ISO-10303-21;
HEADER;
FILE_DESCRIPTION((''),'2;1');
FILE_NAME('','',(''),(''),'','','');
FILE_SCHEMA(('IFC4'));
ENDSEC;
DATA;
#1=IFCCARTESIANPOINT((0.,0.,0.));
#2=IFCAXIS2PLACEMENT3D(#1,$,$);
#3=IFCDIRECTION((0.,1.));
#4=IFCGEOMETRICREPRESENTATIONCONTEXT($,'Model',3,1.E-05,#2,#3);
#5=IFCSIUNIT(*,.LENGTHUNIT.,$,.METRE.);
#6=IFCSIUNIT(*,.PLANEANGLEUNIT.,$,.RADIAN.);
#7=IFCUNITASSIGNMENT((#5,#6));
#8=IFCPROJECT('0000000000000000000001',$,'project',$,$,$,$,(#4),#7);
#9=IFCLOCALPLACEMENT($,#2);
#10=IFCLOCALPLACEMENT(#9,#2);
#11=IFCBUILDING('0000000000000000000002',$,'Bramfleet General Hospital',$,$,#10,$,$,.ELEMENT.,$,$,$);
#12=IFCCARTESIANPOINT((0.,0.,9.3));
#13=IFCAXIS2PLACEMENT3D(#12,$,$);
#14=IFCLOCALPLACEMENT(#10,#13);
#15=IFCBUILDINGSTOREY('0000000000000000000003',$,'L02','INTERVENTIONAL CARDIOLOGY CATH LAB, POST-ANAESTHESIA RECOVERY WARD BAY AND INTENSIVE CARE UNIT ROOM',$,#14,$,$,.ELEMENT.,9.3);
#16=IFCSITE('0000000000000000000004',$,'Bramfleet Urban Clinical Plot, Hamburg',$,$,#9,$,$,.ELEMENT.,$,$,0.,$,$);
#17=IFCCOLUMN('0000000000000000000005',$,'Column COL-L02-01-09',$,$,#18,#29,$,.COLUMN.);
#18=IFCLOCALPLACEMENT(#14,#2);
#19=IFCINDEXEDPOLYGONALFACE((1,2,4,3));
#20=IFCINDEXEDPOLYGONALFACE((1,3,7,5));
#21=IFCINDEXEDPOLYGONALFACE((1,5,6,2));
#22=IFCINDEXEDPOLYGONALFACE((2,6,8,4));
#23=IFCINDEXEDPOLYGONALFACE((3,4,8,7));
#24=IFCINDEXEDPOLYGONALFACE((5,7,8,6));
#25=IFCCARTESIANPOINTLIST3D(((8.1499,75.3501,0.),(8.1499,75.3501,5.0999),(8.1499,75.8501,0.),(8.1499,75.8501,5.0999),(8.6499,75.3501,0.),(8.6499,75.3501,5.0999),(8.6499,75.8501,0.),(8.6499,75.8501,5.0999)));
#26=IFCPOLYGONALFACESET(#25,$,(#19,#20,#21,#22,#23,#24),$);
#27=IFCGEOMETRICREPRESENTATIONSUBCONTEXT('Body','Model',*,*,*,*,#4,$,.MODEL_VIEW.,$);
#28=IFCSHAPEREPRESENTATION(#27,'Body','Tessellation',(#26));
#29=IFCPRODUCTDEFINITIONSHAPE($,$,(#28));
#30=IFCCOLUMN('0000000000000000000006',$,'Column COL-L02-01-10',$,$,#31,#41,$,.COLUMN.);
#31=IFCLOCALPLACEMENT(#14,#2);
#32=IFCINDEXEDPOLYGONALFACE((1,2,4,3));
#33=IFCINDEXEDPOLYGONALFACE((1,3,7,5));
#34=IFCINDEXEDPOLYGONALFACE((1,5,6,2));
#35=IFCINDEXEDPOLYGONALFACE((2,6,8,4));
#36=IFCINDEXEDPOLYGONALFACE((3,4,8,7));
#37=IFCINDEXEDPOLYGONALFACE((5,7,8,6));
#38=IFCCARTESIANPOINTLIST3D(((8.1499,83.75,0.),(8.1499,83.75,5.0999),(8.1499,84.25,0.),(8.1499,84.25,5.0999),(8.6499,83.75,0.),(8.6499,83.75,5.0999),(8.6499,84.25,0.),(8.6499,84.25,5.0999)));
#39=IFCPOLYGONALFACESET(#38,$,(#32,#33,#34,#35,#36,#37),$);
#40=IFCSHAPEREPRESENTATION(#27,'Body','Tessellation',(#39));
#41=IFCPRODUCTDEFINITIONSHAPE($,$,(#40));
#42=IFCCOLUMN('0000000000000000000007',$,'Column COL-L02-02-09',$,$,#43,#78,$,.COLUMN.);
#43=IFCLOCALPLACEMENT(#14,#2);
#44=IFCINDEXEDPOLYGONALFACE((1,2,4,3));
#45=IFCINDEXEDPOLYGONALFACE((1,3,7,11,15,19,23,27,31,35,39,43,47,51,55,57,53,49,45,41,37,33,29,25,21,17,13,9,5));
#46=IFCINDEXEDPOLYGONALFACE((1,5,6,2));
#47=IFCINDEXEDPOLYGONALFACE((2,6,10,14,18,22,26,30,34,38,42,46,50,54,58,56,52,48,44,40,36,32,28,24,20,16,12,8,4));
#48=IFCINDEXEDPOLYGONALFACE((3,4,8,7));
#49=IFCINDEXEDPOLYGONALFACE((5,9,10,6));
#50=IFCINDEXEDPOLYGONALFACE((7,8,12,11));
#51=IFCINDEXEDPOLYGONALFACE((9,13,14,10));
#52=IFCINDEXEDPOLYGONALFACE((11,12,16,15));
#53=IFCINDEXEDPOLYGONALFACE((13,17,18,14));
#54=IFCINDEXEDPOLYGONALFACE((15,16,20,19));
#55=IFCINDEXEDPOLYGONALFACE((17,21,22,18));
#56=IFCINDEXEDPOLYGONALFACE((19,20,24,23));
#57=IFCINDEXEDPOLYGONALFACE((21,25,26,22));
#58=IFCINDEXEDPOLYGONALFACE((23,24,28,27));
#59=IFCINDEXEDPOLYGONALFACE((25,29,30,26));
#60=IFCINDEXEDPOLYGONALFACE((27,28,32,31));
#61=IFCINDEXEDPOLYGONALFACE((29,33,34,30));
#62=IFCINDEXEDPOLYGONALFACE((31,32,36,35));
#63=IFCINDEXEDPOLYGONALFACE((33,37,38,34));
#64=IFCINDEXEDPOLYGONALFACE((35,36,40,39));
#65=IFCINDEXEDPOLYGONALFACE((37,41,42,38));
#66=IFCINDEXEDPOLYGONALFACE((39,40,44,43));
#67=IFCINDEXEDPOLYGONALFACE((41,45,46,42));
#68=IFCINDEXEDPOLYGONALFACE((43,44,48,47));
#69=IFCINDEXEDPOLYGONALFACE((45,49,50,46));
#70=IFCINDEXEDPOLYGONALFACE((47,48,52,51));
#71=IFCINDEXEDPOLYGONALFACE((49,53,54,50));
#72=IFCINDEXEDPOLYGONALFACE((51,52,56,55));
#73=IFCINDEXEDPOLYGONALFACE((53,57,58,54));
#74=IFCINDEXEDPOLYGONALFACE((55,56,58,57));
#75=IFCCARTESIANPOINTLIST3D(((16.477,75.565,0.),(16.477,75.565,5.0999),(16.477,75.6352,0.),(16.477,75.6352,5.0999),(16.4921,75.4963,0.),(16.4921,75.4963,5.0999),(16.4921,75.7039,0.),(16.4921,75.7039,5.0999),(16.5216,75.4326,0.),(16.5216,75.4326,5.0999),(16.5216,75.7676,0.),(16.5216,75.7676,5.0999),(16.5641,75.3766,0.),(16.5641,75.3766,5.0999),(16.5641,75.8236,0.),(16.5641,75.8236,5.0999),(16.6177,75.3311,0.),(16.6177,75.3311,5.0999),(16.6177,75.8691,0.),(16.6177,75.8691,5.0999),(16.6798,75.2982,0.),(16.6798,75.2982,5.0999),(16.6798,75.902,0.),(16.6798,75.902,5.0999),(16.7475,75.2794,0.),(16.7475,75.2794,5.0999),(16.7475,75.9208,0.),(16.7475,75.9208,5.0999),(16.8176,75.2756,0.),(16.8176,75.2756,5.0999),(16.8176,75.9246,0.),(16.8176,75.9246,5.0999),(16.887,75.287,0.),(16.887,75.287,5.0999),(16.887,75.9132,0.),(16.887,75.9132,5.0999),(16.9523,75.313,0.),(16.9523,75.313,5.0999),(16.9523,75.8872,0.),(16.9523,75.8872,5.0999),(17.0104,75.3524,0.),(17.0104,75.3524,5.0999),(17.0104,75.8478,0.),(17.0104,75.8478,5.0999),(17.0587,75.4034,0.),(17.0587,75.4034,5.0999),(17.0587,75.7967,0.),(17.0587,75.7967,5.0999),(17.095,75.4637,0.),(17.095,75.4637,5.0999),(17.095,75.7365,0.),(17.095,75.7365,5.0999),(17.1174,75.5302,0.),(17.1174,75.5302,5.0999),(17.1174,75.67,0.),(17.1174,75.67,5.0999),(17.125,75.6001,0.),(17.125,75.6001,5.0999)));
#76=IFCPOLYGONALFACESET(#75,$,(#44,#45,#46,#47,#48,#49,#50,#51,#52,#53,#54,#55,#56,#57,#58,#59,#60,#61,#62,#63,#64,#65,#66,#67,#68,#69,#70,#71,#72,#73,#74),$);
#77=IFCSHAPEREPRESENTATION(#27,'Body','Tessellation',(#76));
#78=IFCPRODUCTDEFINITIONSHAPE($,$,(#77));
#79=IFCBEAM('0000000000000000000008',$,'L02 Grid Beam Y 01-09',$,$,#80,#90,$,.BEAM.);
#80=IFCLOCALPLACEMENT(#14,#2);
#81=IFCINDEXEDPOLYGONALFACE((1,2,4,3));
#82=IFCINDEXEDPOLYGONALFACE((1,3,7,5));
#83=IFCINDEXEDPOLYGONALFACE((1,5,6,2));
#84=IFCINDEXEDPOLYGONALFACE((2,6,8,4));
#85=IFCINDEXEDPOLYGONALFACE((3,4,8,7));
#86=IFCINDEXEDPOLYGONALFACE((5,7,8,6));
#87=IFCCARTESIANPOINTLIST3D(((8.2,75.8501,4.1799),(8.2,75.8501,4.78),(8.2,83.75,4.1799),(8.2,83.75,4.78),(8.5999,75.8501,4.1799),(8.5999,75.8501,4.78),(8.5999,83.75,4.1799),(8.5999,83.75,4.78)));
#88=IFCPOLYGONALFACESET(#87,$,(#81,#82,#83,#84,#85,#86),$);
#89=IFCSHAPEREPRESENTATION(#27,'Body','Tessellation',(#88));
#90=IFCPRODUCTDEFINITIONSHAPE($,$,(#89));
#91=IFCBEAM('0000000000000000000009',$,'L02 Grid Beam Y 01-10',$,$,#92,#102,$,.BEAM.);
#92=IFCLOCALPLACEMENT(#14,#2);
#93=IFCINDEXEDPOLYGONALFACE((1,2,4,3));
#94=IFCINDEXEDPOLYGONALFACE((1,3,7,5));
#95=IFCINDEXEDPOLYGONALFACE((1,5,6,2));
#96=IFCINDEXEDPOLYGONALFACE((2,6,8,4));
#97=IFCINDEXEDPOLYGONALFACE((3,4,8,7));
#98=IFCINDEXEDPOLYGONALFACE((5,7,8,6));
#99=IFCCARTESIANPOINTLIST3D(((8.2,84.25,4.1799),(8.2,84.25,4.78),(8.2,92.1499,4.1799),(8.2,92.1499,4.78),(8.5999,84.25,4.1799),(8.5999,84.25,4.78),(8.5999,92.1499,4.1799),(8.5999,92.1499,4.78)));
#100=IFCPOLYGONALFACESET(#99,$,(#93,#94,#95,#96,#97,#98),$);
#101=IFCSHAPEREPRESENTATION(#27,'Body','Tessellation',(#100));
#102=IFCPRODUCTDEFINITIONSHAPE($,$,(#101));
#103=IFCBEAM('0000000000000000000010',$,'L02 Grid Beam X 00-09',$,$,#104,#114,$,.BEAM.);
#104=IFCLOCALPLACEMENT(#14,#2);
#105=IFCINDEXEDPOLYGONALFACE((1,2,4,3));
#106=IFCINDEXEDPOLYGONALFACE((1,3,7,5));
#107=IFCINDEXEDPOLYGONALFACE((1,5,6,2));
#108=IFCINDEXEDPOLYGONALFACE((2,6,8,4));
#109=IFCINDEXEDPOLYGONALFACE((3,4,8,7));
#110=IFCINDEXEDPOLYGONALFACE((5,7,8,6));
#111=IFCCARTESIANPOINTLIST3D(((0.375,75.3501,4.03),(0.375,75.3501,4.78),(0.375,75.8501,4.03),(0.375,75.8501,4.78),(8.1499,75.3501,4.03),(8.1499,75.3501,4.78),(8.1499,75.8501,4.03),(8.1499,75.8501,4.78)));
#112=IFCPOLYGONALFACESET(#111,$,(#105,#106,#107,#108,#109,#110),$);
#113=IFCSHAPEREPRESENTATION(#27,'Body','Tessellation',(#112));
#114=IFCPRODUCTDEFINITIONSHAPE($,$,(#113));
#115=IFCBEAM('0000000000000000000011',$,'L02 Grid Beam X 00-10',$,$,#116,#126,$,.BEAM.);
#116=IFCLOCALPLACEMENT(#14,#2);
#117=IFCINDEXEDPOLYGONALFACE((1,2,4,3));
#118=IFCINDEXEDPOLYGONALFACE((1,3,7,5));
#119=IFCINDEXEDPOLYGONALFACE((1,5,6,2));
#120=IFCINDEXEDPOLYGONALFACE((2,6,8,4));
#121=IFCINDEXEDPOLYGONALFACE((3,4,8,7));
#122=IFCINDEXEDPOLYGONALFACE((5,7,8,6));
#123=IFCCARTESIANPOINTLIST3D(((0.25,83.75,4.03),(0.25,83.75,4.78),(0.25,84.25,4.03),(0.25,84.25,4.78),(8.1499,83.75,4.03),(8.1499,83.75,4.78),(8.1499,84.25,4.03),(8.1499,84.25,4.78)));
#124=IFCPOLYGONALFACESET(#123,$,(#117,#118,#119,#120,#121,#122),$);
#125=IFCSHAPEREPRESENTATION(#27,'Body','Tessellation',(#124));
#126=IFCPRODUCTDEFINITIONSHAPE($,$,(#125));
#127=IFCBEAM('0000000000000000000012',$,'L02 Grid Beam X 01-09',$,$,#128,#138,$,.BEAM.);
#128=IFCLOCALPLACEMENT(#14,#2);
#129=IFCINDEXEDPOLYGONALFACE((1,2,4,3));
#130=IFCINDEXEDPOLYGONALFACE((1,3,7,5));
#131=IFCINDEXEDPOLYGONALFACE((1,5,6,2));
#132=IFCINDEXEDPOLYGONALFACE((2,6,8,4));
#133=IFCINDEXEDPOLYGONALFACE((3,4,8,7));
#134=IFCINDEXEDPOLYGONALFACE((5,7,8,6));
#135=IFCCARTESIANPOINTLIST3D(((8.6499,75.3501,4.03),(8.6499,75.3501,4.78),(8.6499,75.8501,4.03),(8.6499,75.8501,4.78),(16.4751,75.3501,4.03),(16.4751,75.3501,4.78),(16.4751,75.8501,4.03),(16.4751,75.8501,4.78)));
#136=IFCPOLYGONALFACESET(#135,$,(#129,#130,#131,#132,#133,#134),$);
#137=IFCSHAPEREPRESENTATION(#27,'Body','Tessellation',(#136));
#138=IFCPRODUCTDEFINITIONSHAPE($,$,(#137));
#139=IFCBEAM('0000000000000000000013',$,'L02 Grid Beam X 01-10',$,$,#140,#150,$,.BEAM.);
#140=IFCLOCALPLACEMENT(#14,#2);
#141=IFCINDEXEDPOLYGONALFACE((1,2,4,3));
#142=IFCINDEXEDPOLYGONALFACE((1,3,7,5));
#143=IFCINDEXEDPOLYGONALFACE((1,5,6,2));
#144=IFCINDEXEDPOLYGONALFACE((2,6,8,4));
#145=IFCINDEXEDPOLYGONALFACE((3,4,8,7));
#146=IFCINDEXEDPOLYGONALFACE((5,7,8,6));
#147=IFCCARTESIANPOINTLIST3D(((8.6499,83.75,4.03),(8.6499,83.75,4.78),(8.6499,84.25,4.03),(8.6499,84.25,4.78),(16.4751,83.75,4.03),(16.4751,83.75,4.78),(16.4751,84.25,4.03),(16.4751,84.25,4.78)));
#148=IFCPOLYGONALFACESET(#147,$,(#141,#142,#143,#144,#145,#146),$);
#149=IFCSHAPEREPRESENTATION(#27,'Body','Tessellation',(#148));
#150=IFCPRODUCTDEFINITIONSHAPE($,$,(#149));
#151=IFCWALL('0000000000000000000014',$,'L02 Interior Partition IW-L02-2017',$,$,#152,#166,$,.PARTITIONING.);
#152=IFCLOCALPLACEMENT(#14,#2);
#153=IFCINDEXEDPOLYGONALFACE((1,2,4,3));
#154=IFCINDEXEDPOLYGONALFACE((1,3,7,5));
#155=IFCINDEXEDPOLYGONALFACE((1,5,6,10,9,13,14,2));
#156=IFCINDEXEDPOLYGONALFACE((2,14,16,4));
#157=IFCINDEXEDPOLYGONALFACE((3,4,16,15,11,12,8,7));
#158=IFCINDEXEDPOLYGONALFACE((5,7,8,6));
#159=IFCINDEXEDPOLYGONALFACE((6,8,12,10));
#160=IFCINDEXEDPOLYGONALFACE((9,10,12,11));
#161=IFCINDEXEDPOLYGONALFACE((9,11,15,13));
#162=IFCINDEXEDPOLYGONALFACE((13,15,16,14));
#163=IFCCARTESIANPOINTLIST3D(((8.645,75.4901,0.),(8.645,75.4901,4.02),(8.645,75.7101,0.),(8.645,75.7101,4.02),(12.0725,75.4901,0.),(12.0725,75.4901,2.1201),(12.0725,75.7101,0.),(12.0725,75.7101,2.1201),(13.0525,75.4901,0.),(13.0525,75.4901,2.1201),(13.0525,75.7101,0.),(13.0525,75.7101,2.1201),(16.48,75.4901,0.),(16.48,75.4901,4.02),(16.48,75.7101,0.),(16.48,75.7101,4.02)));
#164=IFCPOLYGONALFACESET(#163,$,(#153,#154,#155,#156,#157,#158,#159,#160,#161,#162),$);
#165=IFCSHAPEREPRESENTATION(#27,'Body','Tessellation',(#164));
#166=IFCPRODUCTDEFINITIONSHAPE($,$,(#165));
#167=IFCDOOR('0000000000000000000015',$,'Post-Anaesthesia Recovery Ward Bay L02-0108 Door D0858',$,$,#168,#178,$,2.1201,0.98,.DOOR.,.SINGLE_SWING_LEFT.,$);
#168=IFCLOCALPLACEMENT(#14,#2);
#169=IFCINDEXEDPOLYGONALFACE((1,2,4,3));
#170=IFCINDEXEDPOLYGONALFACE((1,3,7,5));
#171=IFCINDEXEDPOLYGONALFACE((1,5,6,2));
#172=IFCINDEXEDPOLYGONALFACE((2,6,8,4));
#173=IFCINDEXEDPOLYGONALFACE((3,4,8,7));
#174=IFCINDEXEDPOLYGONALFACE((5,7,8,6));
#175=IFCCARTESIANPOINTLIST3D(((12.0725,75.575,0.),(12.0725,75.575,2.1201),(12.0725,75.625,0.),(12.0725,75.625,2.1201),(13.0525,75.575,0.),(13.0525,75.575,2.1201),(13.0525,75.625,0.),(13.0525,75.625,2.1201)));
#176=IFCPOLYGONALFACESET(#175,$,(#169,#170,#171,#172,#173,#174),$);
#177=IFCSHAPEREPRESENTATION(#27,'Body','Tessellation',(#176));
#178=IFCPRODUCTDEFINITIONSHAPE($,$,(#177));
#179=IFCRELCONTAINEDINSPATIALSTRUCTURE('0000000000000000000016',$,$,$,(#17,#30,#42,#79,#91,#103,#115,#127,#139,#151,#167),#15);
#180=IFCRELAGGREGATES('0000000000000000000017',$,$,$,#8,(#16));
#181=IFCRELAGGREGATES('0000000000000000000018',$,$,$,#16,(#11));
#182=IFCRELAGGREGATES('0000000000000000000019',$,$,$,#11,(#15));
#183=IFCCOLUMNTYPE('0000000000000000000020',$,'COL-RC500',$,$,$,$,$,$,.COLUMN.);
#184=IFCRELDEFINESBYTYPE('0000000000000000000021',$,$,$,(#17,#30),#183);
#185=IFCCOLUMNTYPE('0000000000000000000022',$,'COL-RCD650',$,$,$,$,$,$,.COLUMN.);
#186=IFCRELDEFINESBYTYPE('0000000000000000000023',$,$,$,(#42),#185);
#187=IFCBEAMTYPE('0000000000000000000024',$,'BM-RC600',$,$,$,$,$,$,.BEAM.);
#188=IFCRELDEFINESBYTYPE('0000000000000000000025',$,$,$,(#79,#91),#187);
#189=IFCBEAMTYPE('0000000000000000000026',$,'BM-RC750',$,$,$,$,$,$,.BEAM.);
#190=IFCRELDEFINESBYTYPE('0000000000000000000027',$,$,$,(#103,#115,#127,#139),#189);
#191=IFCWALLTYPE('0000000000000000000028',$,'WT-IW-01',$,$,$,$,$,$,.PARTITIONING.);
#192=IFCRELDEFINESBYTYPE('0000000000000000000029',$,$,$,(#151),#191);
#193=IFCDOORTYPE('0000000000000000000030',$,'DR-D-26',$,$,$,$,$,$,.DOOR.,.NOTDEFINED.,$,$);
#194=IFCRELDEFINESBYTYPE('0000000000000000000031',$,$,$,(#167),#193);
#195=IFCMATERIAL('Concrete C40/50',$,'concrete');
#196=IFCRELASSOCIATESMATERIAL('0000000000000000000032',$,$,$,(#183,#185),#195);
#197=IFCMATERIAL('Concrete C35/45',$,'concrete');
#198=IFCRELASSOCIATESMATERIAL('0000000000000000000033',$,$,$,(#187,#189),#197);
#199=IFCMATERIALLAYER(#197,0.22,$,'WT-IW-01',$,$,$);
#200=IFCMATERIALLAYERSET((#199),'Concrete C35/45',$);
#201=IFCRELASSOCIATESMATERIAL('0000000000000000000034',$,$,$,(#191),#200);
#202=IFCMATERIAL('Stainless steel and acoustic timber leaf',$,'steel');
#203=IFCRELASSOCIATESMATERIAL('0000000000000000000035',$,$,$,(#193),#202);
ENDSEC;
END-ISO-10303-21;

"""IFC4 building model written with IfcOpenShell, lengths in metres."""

from ifc_helpers import new_model, si_unit, direction, frame, frame_2d, origin, origin_2d, place, context, subcontext, project, spatial, rectangle, circle, extrude, material, layer, layer_set, material_profile, profile_set, type_object, element, fill, save


model = new_model("IFC4")

# Units and contexts
model_context = context("Model", 3, precision=1e-05, world=origin(), true_north=direction((0.0, 1.0)))
body_context = subcontext(model_context, "Body", "Model", "MODEL_VIEW")
ifc_project = project(units=[si_unit("LENGTHUNIT", "METRE"), si_unit("PLANEANGLEUNIT", "RADIAN")], contexts=[model_context])

# Site, building, storey
site_placement = place(None, origin())
site = spatial("IfcSite", under=ifc_project, at=site_placement, Name="Bramfleet Urban Clinical Plot, Hamburg", CompositionType="ELEMENT", RefElevation=0.0)
building_placement = place(site_placement, origin())
building = spatial("IfcBuilding", under=site, at=building_placement, Name="Bramfleet General Hospital", CompositionType="ELEMENT")
storey_placement = place(building_placement, frame((0.0, 0.0, 9.3)))
storey = spatial("IfcBuildingStorey", under=building, at=storey_placement, Name="L02", Description="INTERVENTIONAL CARDIOLOGY CATH LAB, POST-ANAESTHESIA RECOVERY WARD BAY AND INTENSIVE CARE UNIT ROOM", CompositionType="ELEMENT", Elevation=9.3)

# Columns
ifc_material_1 = material(Name="Concrete C40/50", Category="concrete")
ifc_material_profile_1 = material_profile(ifc_material_1, rectangle(XDim=0.5, YDim=0.5, at=origin_2d()), Name="RC COL 500x500")
ifc_profile_set_1 = profile_set([ifc_material_profile_1], Name="Concrete C40/50")
column_type_1 = type_object("IfcColumnType", Name="COL-RC500", PredefinedType="COLUMN", material=ifc_profile_set_1)
for number, where, z_axis, x_axis, name in (
    (1, (8.3999, 75.6001, 0.0), (0.0, 0.0, 1.0), (1.0, 0.0, 0.0), "Column COL-L02-01-09"),
    (2, (8.3999, 84.0, 0.0), (0.0, 0.0, 1.0), (1.0, 0.0, 0.0), "Column COL-L02-01-10"),
):
    element("IfcColumn", number, at=place(storey_placement, frame(where, z_axis=z_axis, x_axis=x_axis)), inside=storey, type_object=column_type_1, Name=name, PredefinedType="COLUMN", context=body_context, shape_type="SweptSolid", body=[
        extrude(rectangle(XDim=0.5, YDim=0.5, at=origin_2d()), origin(), (0.0, 0.0, 1.0), 5.0999),
    ])
ifc_material_profile_2 = material_profile(ifc_material_1, circle(Radius=0.325, at=origin_2d()), Name="RC ROUND D650")
ifc_profile_set_2 = profile_set([ifc_material_profile_2], Name="Concrete C40/50")
column_type_2 = type_object("IfcColumnType", Name="COL-RCD650", PredefinedType="COLUMN", material=ifc_profile_set_2)
column_placement = place(storey_placement, frame((16.8, 75.6001, 0.0), z_axis=(0.0, 0.0, 1.0), x_axis=(1.0, 0.0, 0.0)))
element("IfcColumn", 3, at=column_placement, inside=storey, type_object=column_type_2, Name="Column COL-L02-02-09", PredefinedType="COLUMN", context=body_context, shape_type="SweptSolid", body=[
    extrude(circle(Radius=0.325, at=origin_2d()), origin(), (0.0, 0.0, 1.0), 5.0999),
])

# Beams
ifc_material_2 = material(Name="Concrete C35/45", Category="concrete")
ifc_material_profile_3 = material_profile(ifc_material_2, rectangle(XDim=0.3999, YDim=0.6001, at=origin_2d()), Name="RC BM 600x400")
ifc_profile_set_3 = profile_set([ifc_material_profile_3], Name="Concrete C35/45")
beam_type_1 = type_object("IfcBeamType", Name="BM-RC600", PredefinedType="BEAM", material=ifc_profile_set_3)
for number, where, z_axis, x_axis, name in (
    (4, (8.3999, 75.8501, 4.48), (0.0, 1.0, 0.0), (-1.0, 0.0, 0.0), "L02 Grid Beam Y 01-09"),
    (5, (8.3999, 84.25, 4.48), (0.0, 1.0, 0.0), (-1.0, 0.0, 0.0), "L02 Grid Beam Y 01-10"),
):
    element("IfcBeam", number, at=place(storey_placement, frame(where, z_axis=z_axis, x_axis=x_axis)), inside=storey, type_object=beam_type_1, Name=name, PredefinedType="BEAM", context=body_context, shape_type="SweptSolid", body=[
        extrude(rectangle(XDim=0.3999, YDim=0.6001, at=origin_2d()), origin(), (0.0, 0.0, 1.0), 7.8999),
    ])
ifc_material_profile_4 = material_profile(ifc_material_2, rectangle(XDim=0.5, YDim=0.75, at=origin_2d()), Name="RC BM 750x500")
ifc_profile_set_4 = profile_set([ifc_material_profile_4], Name="Concrete C35/45")
beam_type_2 = type_object("IfcBeamType", Name="BM-RC750", PredefinedType="BEAM", material=ifc_profile_set_4)
beam_1_placement = place(storey_placement, frame((0.375, 75.6001, 4.405), z_axis=(1.0, 0.0, 0.0), x_axis=(0.0, 1.0, 0.0)))
element("IfcBeam", 6, at=beam_1_placement, inside=storey, type_object=beam_type_2, Name="L02 Grid Beam X 00-09", PredefinedType="BEAM", context=body_context, shape_type="SweptSolid", body=[
    extrude(rectangle(XDim=0.5, YDim=0.75, at=origin_2d()), origin(), (0.0, 0.0, 1.0), 7.7749),
])
beam_2_placement = place(storey_placement, frame((0.25, 84.0, 4.405), z_axis=(1.0, 0.0, 0.0), x_axis=(0.0, 1.0, 0.0)))
element("IfcBeam", 7, at=beam_2_placement, inside=storey, type_object=beam_type_2, Name="L02 Grid Beam X 00-10", PredefinedType="BEAM", context=body_context, shape_type="SweptSolid", body=[
    extrude(rectangle(XDim=0.5, YDim=0.75, at=origin_2d()), origin(), (0.0, 0.0, 1.0), 7.8999),
])
for number, where, z_axis, x_axis, name in (
    (8, (8.6499, 75.6001, 4.405), (1.0, 0.0, 0.0), (0.0, 1.0, 0.0), "L02 Grid Beam X 01-09"),
    (9, (8.6499, 84.0, 4.405), (1.0, 0.0, 0.0), (0.0, 1.0, 0.0), "L02 Grid Beam X 01-10"),
):
    element("IfcBeam", number, at=place(storey_placement, frame(where, z_axis=z_axis, x_axis=x_axis)), inside=storey, type_object=beam_type_2, Name=name, PredefinedType="BEAM", context=body_context, shape_type="SweptSolid", body=[
        extrude(rectangle(XDim=0.5, YDim=0.75, at=origin_2d()), origin(), (0.0, 0.0, 1.0), 7.8252),
    ])

# Wall, opening, door
ifc_layer_1 = layer(ifc_material_2, 0.22, Name="WT-IW-01")
ifc_layer_set_1 = layer_set([ifc_layer_1], Name="Concrete C35/45")
wall_type_1 = type_object("IfcWallType", Name="WT-IW-01", PredefinedType="PARTITIONING", material=ifc_layer_set_1)
wall_1_placement = place(storey_placement, frame((8.645, 75.6001, 0.0), z_axis=(0.0, 0.0, 1.0), x_axis=(1.0, 0.0, 0.0)))
wall_1 = element("IfcWall", 10, at=wall_1_placement, inside=storey, type_object=wall_type_1, Name="L02 Interior Partition IW-L02-2017", PredefinedType="PARTITIONING", context=body_context, shape_type="SweptSolid", body=[
    extrude(rectangle(XDim=7.835, YDim=0.22, at=frame_2d((3.9175, 0.0))), origin(), (0.0, 0.0, 1.0), 4.02),
])
opening_1_placement = place(wall_1_placement, frame((3.4275, 0.0, 0.0)))
opening_1 = element("IfcOpeningElement", 11, at=opening_1_placement, cuts=wall_1, PredefinedType="OPENING", context=body_context, shape_type="SweptSolid", body=[
    extrude(rectangle(XDim=0.98, YDim=2.1201, at=frame_2d((0.49, 1.0601))), frame((0.0, 0.1199, 0.0), z_axis=(0.0, -1.0, 0.0), x_axis=(1.0, 0.0, 0.0)), (0.0, 0.0, 1.0), 0.24),
])
ifc_material_3 = material(Name="Stainless steel and acoustic timber leaf", Category="steel")
door_type_1 = type_object("IfcDoorType", Name="DR-D-26", OperationType="NOTDEFINED", PredefinedType="DOOR", material=ifc_material_3)
door_1_placement = place(opening_1_placement, origin())
door_1 = element("IfcDoor", 12, at=door_1_placement, inside=storey, type_object=door_type_1, Name="Post-Anaesthesia Recovery Ward Bay L02-0108 Door D0858", OperationType="SINGLE_SWING_LEFT", OverallHeight=2.1201, OverallWidth=0.98, PredefinedType="DOOR", context=body_context, shape_type="SweptSolid", body=[
    extrude(rectangle(XDim=0.98, YDim=2.1201, at=frame_2d((0.49, 1.0601))), frame((0.0, 0.0249, 0.0), z_axis=(0.0, -1.0, 0.0), x_axis=(1.0, 0.0, 0.0)), (0.0, 0.0, 1.0), 0.05),
])
fill(opening_1, door_1)

save(model, "model.ifc")
